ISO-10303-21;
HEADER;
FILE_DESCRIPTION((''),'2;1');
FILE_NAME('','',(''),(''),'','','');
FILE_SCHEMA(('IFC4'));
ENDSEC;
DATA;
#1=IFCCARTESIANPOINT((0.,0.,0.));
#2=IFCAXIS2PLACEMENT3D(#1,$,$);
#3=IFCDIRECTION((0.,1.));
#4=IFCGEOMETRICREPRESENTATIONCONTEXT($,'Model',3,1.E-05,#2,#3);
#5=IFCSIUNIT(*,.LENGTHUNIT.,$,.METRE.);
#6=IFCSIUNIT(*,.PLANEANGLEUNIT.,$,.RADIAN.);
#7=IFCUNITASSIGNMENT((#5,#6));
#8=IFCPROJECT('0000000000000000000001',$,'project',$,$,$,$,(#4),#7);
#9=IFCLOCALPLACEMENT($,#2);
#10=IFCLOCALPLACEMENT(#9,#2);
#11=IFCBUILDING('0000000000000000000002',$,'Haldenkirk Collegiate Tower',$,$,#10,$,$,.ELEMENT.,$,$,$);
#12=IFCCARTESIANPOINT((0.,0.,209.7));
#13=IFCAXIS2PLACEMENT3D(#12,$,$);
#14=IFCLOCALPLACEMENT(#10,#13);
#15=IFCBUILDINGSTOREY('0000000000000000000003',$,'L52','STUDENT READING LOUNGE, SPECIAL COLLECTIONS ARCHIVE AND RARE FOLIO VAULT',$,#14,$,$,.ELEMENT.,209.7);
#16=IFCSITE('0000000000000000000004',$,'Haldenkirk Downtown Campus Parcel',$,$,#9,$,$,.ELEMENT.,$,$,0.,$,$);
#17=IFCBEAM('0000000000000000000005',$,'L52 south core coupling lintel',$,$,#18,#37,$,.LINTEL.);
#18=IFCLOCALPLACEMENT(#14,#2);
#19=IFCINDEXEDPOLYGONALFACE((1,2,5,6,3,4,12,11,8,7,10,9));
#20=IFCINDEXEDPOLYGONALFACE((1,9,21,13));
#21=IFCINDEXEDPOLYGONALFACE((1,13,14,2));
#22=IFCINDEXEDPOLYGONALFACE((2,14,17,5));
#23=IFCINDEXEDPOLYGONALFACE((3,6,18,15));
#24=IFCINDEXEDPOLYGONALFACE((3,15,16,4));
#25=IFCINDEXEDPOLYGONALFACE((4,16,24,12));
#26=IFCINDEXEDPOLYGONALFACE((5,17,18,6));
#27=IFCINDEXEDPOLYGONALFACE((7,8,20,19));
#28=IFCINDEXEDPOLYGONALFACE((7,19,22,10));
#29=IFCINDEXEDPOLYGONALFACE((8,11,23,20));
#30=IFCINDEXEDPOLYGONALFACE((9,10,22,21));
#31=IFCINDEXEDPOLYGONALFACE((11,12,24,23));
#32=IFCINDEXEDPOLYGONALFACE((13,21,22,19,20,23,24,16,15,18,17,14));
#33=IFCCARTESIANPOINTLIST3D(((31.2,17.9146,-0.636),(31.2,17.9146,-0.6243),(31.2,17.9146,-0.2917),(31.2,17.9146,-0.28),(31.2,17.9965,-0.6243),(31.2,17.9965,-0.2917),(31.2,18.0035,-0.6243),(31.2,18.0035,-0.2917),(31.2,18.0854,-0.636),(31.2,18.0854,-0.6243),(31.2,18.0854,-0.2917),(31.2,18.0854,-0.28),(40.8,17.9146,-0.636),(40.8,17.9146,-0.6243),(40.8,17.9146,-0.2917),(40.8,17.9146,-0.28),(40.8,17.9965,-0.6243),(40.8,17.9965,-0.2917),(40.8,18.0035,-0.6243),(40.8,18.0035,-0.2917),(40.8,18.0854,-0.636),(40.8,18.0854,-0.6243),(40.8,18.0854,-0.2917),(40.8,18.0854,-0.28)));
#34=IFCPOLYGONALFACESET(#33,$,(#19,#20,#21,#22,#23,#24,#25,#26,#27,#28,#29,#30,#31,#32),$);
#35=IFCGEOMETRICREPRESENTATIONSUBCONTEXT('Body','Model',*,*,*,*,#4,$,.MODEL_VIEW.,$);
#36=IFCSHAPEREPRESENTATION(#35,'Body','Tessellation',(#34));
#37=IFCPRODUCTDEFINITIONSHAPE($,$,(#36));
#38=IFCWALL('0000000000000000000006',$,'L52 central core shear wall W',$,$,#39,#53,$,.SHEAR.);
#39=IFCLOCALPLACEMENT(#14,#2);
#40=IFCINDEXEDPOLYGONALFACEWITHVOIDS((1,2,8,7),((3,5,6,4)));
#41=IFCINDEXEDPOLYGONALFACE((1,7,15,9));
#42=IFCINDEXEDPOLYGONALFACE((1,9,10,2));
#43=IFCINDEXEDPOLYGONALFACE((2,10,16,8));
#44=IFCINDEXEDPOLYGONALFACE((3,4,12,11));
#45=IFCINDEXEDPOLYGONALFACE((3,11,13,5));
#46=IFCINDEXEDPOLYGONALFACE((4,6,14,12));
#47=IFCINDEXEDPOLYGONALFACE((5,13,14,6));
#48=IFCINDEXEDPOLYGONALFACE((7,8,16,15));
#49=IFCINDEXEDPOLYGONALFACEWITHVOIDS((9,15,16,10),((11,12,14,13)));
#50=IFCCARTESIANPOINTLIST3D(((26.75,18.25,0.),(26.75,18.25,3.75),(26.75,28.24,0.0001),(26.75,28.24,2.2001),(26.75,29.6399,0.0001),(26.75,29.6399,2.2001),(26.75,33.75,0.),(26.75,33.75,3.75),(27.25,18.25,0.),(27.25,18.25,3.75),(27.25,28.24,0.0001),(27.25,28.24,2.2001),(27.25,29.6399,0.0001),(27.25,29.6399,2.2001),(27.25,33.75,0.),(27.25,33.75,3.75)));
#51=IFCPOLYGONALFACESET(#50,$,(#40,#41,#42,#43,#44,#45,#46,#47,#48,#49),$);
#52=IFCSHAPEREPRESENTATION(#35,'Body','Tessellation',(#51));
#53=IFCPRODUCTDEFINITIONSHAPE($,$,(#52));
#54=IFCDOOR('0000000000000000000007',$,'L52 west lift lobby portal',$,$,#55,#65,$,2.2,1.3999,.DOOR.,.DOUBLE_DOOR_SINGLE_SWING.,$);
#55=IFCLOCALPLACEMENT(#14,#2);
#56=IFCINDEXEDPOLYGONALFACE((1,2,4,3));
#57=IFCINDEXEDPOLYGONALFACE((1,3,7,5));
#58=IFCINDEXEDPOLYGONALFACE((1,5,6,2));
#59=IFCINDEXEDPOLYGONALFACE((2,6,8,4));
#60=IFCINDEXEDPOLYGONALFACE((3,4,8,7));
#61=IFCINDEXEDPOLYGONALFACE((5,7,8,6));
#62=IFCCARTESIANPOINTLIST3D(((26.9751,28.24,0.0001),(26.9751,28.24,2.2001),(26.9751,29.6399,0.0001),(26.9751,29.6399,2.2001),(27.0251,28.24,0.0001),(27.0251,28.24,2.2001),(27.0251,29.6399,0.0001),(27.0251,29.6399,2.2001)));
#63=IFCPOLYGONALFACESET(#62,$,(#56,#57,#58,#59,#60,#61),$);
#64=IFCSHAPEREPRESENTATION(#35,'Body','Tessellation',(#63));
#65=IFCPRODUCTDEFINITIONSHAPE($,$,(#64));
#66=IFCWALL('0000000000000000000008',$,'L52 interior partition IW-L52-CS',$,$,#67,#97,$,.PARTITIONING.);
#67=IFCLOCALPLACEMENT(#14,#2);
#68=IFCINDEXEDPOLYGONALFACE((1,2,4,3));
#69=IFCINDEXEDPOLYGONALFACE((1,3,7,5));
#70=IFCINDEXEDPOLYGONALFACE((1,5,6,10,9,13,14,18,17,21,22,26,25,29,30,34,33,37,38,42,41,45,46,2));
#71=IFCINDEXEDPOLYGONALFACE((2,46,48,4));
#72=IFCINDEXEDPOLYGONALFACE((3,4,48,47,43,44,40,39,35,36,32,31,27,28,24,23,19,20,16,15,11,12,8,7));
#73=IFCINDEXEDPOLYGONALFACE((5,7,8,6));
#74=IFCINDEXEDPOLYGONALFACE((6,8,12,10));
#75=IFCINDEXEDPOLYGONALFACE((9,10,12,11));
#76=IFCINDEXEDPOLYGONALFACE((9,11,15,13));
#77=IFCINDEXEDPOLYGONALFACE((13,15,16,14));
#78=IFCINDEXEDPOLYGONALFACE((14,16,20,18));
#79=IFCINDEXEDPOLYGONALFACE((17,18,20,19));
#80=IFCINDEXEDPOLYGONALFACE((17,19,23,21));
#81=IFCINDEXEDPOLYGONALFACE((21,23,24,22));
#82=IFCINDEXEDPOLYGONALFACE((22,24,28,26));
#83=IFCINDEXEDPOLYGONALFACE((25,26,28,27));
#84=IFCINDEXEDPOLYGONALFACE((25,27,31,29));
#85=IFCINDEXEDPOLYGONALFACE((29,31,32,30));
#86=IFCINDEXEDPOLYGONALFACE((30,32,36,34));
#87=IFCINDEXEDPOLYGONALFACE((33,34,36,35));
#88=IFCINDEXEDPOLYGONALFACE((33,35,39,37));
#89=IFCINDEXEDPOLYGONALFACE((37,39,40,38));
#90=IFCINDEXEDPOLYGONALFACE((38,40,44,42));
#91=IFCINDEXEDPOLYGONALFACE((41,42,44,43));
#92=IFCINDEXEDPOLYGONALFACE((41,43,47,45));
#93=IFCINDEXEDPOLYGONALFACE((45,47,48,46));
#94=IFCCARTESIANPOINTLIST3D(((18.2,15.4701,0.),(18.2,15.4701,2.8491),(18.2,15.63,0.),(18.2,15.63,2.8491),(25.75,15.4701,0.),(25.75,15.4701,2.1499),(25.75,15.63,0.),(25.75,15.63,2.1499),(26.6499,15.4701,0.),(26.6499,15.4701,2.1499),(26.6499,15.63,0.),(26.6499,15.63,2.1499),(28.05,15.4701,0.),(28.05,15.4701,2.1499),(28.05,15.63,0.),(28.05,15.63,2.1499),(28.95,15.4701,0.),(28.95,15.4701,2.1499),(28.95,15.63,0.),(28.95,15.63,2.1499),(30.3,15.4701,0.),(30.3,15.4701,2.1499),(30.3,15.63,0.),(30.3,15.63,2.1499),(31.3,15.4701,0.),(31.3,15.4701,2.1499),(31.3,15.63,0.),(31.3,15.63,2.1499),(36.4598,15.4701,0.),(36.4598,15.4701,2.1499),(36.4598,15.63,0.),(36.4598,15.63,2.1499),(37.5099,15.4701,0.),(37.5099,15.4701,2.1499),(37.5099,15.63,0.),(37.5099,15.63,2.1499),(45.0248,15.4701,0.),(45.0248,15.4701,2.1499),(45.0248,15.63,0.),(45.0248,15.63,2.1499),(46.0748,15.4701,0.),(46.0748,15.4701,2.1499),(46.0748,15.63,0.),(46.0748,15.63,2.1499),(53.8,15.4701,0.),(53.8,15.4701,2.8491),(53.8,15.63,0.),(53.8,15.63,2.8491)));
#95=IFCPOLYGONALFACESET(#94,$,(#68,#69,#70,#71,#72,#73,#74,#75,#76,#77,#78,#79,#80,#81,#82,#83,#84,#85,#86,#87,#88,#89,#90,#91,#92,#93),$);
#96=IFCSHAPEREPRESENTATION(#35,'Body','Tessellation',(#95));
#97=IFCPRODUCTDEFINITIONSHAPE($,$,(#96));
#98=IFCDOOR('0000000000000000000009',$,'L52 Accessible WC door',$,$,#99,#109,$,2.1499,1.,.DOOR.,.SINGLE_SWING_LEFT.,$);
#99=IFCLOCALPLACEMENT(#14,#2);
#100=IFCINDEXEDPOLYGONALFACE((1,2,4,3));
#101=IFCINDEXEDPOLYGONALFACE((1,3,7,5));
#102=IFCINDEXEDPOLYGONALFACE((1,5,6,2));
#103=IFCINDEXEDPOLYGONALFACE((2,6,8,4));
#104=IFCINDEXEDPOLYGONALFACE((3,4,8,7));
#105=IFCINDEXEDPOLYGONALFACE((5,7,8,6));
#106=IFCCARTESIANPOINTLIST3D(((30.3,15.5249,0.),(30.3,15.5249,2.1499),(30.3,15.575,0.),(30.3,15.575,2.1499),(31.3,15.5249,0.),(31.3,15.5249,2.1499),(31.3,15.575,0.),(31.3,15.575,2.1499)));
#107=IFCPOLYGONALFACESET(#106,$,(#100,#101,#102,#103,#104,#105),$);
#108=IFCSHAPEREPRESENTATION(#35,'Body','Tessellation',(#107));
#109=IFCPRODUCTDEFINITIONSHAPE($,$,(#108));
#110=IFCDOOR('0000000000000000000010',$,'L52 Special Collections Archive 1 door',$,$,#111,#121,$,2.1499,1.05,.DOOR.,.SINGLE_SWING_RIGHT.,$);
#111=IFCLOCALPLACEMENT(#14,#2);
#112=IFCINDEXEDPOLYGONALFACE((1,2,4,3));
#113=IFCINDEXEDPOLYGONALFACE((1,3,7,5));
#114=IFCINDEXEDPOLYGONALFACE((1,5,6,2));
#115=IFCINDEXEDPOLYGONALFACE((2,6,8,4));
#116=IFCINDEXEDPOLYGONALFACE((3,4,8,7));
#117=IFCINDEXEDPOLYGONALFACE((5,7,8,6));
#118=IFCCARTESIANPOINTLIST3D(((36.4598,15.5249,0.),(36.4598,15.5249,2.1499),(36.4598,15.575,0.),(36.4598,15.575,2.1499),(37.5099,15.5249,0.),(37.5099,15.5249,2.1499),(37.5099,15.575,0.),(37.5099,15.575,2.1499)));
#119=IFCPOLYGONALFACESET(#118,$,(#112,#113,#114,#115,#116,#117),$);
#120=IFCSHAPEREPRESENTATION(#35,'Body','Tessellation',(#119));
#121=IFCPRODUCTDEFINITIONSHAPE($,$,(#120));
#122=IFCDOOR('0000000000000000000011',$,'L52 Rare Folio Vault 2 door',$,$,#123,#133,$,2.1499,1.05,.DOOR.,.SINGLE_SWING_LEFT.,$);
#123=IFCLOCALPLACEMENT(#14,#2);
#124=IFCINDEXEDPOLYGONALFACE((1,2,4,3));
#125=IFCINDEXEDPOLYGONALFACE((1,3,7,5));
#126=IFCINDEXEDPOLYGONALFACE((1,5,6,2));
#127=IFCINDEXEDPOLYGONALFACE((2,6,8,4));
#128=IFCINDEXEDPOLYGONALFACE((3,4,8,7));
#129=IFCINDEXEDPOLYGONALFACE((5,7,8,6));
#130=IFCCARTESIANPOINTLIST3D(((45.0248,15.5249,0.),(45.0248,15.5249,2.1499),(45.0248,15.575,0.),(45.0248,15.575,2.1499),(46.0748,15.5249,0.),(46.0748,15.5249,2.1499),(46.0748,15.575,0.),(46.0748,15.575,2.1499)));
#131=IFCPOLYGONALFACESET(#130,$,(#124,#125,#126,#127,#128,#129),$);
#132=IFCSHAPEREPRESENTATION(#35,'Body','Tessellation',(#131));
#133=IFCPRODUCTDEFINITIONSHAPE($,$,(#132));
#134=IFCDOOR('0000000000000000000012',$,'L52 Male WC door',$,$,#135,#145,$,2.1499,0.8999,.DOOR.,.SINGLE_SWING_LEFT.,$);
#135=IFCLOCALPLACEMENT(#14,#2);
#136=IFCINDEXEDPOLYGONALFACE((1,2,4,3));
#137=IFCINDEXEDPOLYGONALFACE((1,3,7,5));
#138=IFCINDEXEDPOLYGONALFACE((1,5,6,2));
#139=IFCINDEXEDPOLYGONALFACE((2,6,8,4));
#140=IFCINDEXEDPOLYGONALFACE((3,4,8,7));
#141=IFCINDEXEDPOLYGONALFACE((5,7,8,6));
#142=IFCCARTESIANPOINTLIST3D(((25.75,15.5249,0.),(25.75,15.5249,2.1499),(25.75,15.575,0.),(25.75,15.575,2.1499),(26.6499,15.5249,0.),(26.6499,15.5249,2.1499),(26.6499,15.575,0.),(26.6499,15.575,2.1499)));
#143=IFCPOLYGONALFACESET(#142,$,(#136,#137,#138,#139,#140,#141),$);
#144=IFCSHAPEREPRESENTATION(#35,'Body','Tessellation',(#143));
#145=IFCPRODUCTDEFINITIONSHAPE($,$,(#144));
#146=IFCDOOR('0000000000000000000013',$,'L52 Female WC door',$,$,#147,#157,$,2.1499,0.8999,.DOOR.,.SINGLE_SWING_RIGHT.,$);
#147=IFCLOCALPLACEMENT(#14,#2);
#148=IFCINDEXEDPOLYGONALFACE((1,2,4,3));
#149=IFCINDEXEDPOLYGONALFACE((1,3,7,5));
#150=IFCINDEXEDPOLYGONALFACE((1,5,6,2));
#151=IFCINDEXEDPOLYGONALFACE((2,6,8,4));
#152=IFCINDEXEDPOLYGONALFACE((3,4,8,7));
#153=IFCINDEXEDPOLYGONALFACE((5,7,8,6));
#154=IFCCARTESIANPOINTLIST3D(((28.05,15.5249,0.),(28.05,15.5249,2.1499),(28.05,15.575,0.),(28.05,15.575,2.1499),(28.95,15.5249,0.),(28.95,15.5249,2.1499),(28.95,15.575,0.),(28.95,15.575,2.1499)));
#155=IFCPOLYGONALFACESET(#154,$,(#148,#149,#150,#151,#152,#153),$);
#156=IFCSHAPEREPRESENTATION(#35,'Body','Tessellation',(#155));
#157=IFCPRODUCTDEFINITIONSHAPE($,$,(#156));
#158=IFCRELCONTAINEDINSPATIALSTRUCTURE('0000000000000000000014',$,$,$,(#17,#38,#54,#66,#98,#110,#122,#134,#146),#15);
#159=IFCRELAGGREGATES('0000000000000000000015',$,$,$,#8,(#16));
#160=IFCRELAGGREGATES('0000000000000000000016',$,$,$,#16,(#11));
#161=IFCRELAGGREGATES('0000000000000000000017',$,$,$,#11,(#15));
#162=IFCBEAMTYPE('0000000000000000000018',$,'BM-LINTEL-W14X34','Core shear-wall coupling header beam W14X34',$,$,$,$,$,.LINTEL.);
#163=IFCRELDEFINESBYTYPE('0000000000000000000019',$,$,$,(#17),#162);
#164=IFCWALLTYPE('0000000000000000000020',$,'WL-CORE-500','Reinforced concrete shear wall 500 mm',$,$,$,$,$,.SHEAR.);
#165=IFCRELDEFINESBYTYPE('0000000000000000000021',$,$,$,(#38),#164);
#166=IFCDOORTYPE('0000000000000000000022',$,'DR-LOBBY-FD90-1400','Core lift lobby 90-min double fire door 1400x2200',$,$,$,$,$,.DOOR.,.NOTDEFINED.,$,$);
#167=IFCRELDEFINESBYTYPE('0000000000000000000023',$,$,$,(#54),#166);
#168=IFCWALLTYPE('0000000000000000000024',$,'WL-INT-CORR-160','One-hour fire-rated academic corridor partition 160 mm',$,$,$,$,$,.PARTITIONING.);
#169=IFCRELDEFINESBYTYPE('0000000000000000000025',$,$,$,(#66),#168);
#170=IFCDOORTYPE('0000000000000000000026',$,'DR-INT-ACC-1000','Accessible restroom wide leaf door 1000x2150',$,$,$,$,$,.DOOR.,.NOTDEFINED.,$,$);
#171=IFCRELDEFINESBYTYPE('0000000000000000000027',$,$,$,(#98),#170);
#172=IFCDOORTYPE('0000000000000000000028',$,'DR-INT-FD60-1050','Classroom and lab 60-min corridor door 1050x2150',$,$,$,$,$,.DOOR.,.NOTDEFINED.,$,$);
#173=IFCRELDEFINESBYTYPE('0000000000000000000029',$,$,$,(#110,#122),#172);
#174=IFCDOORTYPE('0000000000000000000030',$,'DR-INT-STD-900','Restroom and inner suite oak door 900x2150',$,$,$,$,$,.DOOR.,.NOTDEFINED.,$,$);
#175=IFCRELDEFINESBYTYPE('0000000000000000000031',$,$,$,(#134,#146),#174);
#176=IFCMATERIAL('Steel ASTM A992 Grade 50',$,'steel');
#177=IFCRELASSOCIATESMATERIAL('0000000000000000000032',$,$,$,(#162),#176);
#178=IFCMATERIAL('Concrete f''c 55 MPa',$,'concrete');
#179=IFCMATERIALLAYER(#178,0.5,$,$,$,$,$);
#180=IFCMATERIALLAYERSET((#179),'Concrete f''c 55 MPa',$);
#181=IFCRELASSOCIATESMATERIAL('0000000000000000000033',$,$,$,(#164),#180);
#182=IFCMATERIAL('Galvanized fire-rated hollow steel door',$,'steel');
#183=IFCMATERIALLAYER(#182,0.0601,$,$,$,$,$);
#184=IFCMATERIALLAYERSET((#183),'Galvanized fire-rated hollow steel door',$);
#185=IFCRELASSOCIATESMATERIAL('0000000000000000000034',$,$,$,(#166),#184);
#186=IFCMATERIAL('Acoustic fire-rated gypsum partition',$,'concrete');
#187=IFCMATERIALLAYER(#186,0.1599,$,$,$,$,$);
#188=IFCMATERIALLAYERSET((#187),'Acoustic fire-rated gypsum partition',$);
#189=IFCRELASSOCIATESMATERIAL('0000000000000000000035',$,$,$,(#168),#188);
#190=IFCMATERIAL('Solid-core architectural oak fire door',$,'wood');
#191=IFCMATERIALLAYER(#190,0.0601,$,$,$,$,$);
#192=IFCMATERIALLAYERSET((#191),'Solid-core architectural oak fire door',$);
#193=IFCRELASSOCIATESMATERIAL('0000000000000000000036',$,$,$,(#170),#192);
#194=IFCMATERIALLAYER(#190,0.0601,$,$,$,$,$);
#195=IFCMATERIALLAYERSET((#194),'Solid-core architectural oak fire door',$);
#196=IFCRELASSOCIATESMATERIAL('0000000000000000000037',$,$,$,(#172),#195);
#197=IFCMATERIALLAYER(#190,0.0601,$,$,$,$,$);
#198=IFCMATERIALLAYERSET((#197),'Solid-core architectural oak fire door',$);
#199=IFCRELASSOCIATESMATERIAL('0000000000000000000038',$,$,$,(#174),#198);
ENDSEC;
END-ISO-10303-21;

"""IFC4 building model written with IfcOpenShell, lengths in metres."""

from ifc_helpers import new_model, si_unit, direction, frame, frame_2d, origin, origin_2d, place, context, subcontext, project, spatial, rectangle, i_section, extrude, material, layer, layer_set, material_profile, profile_set, type_object, element, fill, save


model = new_model("IFC4")

# Units and contexts
model_context = context("Model", 3, precision=1e-05, world=origin(), true_north=direction((0.0, 1.0)))
body_context = subcontext(model_context, "Body", "Model", "MODEL_VIEW")
ifc_project = project(units=[si_unit("LENGTHUNIT", "METRE"), si_unit("PLANEANGLEUNIT", "RADIAN")], contexts=[model_context])

# Site, building, storey
site_placement = place(None, origin())
site = spatial("IfcSite", under=ifc_project, at=site_placement, Name="Haldenkirk Downtown Campus Parcel", CompositionType="ELEMENT", RefElevation=0.0)
building_placement = place(site_placement, origin())
building = spatial("IfcBuilding", under=site, at=building_placement, Name="Haldenkirk Collegiate Tower", CompositionType="ELEMENT")
storey_placement = place(building_placement, frame((0.0, 0.0, 209.7)))
storey = spatial("IfcBuildingStorey", under=building, at=storey_placement, Name="L52", Description="STUDENT READING LOUNGE, SPECIAL COLLECTIONS ARCHIVE AND RARE FOLIO VAULT", CompositionType="ELEMENT", Elevation=209.7)

# Beam
ifc_material_1 = material(Name="Steel ASTM A992 Grade 50", Category="steel")
ifc_material_profile = material_profile(ifc_material_1, i_section(OverallWidth=0.1709, OverallDepth=0.356, WebThickness=0.0071, FlangeThickness=0.0117, at=origin_2d()), Name="W14X34")
ifc_profile_set = profile_set([ifc_material_profile], Name="Steel ASTM A992 Grade 50")
beam_type = type_object("IfcBeamType", Name="BM-LINTEL-W14X34", Description="Core shear-wall coupling header beam W14X34", PredefinedType="LINTEL", material=ifc_profile_set)
beam_placement = place(storey_placement, frame((31.2, 18.0, -0.458), z_axis=(1.0, 0.0, 0.0), x_axis=(0.0, 1.0, 0.0)))
element("IfcBeam", 1, at=beam_placement, inside=storey, type_object=beam_type, Name="L52 south core coupling lintel", PredefinedType="LINTEL", context=body_context, shape_type="SweptSolid", body=[
    extrude(i_section(OverallWidth=0.1709, OverallDepth=0.356, WebThickness=0.0071, FlangeThickness=0.0117, at=origin_2d()), origin(), (0.0, 0.0, 1.0), 9.6001),
])

# Shared definitions
ifc_material_2 = material(Name="Concrete f'c 55 MPa", Category="concrete")
ifc_layer_1 = layer(ifc_material_2, 0.5)
ifc_layer_set_1 = layer_set([ifc_layer_1], Name="Concrete f'c 55 MPa")
wall_type_1 = type_object("IfcWallType", Name="WL-CORE-500", Description="Reinforced concrete shear wall 500 mm", PredefinedType="SHEAR", material=ifc_layer_set_1)
ifc_material_3 = material(Name="Galvanized fire-rated hollow steel door", Category="steel")

# Wall, opening, door
wall_1_placement = place(storey_placement, frame((27.0, 18.25, 0.0), z_axis=(0.0, 0.0, 1.0), x_axis=(0.0, 1.0, 0.0)))
wall_1 = element("IfcWall", 2, at=wall_1_placement, inside=storey, type_object=wall_type_1, Name="L52 central core shear wall W", PredefinedType="SHEAR", context=body_context, shape_type="SweptSolid", body=[
    extrude(rectangle(XDim=15.5, YDim=0.5, at=frame_2d((7.75, 0.0))), origin(), (0.0, 0.0, 1.0), 3.75),
])
opening_1_placement = place(wall_1_placement, frame((9.99, 0.0, 0.0)))
opening_1 = element("IfcOpeningElement", 3, at=opening_1_placement, cuts=wall_1, PredefinedType="OPENING", context=body_context, shape_type="SweptSolid", body=[
    extrude(rectangle(XDim=1.3999, YDim=2.2, at=frame_2d((0.7, 1.1001))), frame((0.0, 0.26, 0.0), z_axis=(0.0, -1.0, 0.0), x_axis=(1.0, 0.0, 0.0)), (0.0, 0.0, 1.0), 0.52),
])
ifc_layer_2 = layer(ifc_material_3, 0.0601)
ifc_layer_set_2 = layer_set([ifc_layer_2], Name="Galvanized fire-rated hollow steel door")
door_type_1 = type_object("IfcDoorType", Name="DR-LOBBY-FD90-1400", Description="Core lift lobby 90-min double fire door 1400x2200", OperationType="NOTDEFINED", PredefinedType="DOOR", material=ifc_layer_set_2)
door_1_placement = place(opening_1_placement, origin())
door_1 = element("IfcDoor", 4, at=door_1_placement, inside=storey, type_object=door_type_1, Name="L52 west lift lobby portal", OperationType="DOUBLE_DOOR_SINGLE_SWING", OverallHeight=2.2, OverallWidth=1.3999, PredefinedType="DOOR", context=body_context, shape_type="SweptSolid", body=[
    extrude(rectangle(XDim=1.3999, YDim=2.2, at=frame_2d((0.7, 1.1001))), frame((0.0, 0.0249, 0.0), z_axis=(0.0, -1.0, 0.0), x_axis=(1.0, 0.0, 0.0)), (0.0, 0.0, 1.0), 0.05),
])
fill(opening_1, door_1)

# Wall, openings, doors
ifc_material_4 = material(Name="Acoustic fire-rated gypsum partition", Category="concrete")
ifc_layer_3 = layer(ifc_material_4, 0.1599)
ifc_layer_set_3 = layer_set([ifc_layer_3], Name="Acoustic fire-rated gypsum partition")
wall_type_2 = type_object("IfcWallType", Name="WL-INT-CORR-160", Description="One-hour fire-rated academic corridor partition 160 mm", PredefinedType="PARTITIONING", material=ifc_layer_set_3)
wall_2_placement = place(storey_placement, frame((18.2, 15.55, 0.0), z_axis=(0.0, 0.0, 1.0), x_axis=(1.0, 0.0, 0.0)))
wall_2 = element("IfcWall", 5, at=wall_2_placement, inside=storey, type_object=wall_type_2, Name="L52 interior partition IW-L52-CS", PredefinedType="PARTITIONING", context=body_context, shape_type="SweptSolid", body=[
    extrude(rectangle(XDim=35.6001, YDim=0.1599, at=frame_2d((17.8, 0.0))), origin(), (0.0, 0.0, 1.0), 2.8491),
])
opening_2_placement = place(wall_2_placement, frame((7.55, 0.0, 0.0)))
opening_2 = element("IfcOpeningElement", 6, at=opening_2_placement, cuts=wall_2, PredefinedType="OPENING", context=body_context, shape_type="SweptSolid", body=[
    extrude(rectangle(XDim=0.8999, YDim=2.1499, at=frame_2d((0.45, 1.075))), frame((0.0, 0.0898, 0.0), z_axis=(0.0, -1.0, 0.0), x_axis=(1.0, 0.0, 0.0)), (0.0, 0.0, 1.0), 0.1799),
])
opening_3_placement = place(wall_2_placement, frame((9.8501, 0.0, 0.0)))
opening_3 = element("IfcOpeningElement", 7, at=opening_3_placement, cuts=wall_2, PredefinedType="OPENING", context=body_context, shape_type="SweptSolid", body=[
    extrude(rectangle(XDim=0.8999, YDim=2.1499, at=frame_2d((0.45, 1.075))), frame((0.0, 0.0898, 0.0), z_axis=(0.0, -1.0, 0.0), x_axis=(1.0, 0.0, 0.0)), (0.0, 0.0, 1.0), 0.1799),
])
opening_4_placement = place(wall_2_placement, frame((12.1001, 0.0, 0.0)))
opening_4 = element("IfcOpeningElement", 8, at=opening_4_placement, cuts=wall_2, PredefinedType="OPENING", context=body_context, shape_type="SweptSolid", body=[
    extrude(rectangle(XDim=1.0, YDim=2.1499, at=frame_2d((0.5, 1.075))), frame((0.0, 0.0898, 0.0), z_axis=(0.0, -1.0, 0.0), x_axis=(1.0, 0.0, 0.0)), (0.0, 0.0, 1.0), 0.1799),
])
opening_5_placement = place(wall_2_placement, frame((18.26, 0.0, 0.0)))
opening_5 = element("IfcOpeningElement", 9, at=opening_5_placement, cuts=wall_2, PredefinedType="OPENING", context=body_context, shape_type="SweptSolid", body=[
    extrude(rectangle(XDim=1.05, YDim=2.1499, at=frame_2d((0.5249, 1.075))), frame((0.0, 0.0898, 0.0), z_axis=(0.0, -1.0, 0.0), x_axis=(1.0, 0.0, 0.0)), (0.0, 0.0, 1.0), 0.1799),
])
opening_6_placement = place(wall_2_placement, frame((26.825, 0.0, 0.0)))
opening_6 = element("IfcOpeningElement", 10, at=opening_6_placement, cuts=wall_2, PredefinedType="OPENING", context=body_context, shape_type="SweptSolid", body=[
    extrude(rectangle(XDim=1.05, YDim=2.1499, at=frame_2d((0.5249, 1.075))), frame((0.0, 0.0898, 0.0), z_axis=(0.0, -1.0, 0.0), x_axis=(1.0, 0.0, 0.0)), (0.0, 0.0, 1.0), 0.1799),
])
ifc_material_5 = material(Name="Solid-core architectural oak fire door", Category="wood")
ifc_layer_4 = layer(ifc_material_5, 0.0601)
ifc_layer_set_4 = layer_set([ifc_layer_4], Name="Solid-core architectural oak fire door")
door_type_2 = type_object("IfcDoorType", Name="DR-INT-ACC-1000", Description="Accessible restroom wide leaf door 1000x2150", OperationType="NOTDEFINED", PredefinedType="DOOR", material=ifc_layer_set_4)
door_2_placement = place(opening_4_placement, origin())
door_2 = element("IfcDoor", 11, at=door_2_placement, inside=storey, type_object=door_type_2, Name="L52 Accessible WC door", OperationType="SINGLE_SWING_LEFT", OverallHeight=2.1499, OverallWidth=1.0, PredefinedType="DOOR", context=body_context, shape_type="SweptSolid", body=[
    extrude(rectangle(XDim=1.0, YDim=2.1499, at=frame_2d((0.5, 1.075))), frame((0.0, 0.0249, 0.0), z_axis=(0.0, -1.0, 0.0), x_axis=(1.0, 0.0, 0.0)), (0.0, 0.0, 1.0), 0.05),
])
fill(opening_4, door_2)
ifc_layer_5 = layer(ifc_material_5, 0.0601)
ifc_layer_set_5 = layer_set([ifc_layer_5], Name="Solid-core architectural oak fire door")
door_type_3 = type_object("IfcDoorType", Name="DR-INT-FD60-1050", Description="Classroom and lab 60-min corridor door 1050x2150", OperationType="NOTDEFINED", PredefinedType="DOOR", material=ifc_layer_set_5)
door_3_placement = place(opening_5_placement, origin())
door_3 = element("IfcDoor", 12, at=door_3_placement, inside=storey, type_object=door_type_3, Name="L52 Special Collections Archive 1 door", OperationType="SINGLE_SWING_RIGHT", OverallHeight=2.1499, OverallWidth=1.05, PredefinedType="DOOR", context=body_context, shape_type="SweptSolid", body=[
    extrude(rectangle(XDim=1.05, YDim=2.1499, at=frame_2d((0.5249, 1.075))), frame((0.0, 0.0249, 0.0), z_axis=(0.0, -1.0, 0.0), x_axis=(1.0, 0.0, 0.0)), (0.0, 0.0, 1.0), 0.05),
])
fill(opening_5, door_3)
door_4_placement = place(opening_6_placement, origin())
door_4 = element("IfcDoor", 13, at=door_4_placement, inside=storey, type_object=door_type_3, Name="L52 Rare Folio Vault 2 door", OperationType="SINGLE_SWING_LEFT", OverallHeight=2.1499, OverallWidth=1.05, PredefinedType="DOOR", context=body_context, shape_type="SweptSolid", body=[
    extrude(rectangle(XDim=1.05, YDim=2.1499, at=frame_2d((0.5249, 1.075))), frame((0.0, 0.0249, 0.0), z_axis=(0.0, -1.0, 0.0), x_axis=(1.0, 0.0, 0.0)), (0.0, 0.0, 1.0), 0.05),
])
fill(opening_6, door_4)
ifc_layer_6 = layer(ifc_material_5, 0.0601)
ifc_layer_set_6 = layer_set([ifc_layer_6], Name="Solid-core architectural oak fire door")
door_type_4 = type_object("IfcDoorType", Name="DR-INT-STD-900", Description="Restroom and inner suite oak door 900x2150", OperationType="NOTDEFINED", PredefinedType="DOOR", material=ifc_layer_set_6)
door_5_placement = place(opening_2_placement, origin())
door_5 = element("IfcDoor", 14, at=door_5_placement, inside=storey, type_object=door_type_4, Name="L52 Male WC door", OperationType="SINGLE_SWING_LEFT", OverallHeight=2.1499, OverallWidth=0.8999, PredefinedType="DOOR", context=body_context, shape_type="SweptSolid", body=[
    extrude(rectangle(XDim=0.8999, YDim=2.1499, at=frame_2d((0.45, 1.075))), frame((0.0, 0.0249, 0.0), z_axis=(0.0, -1.0, 0.0), x_axis=(1.0, 0.0, 0.0)), (0.0, 0.0, 1.0), 0.05),
])
fill(opening_2, door_5)
door_6_placement = place(opening_3_placement, origin())
door_6 = element("IfcDoor", 15, at=door_6_placement, inside=storey, type_object=door_type_4, Name="L52 Female WC door", OperationType="SINGLE_SWING_RIGHT", OverallHeight=2.1499, OverallWidth=0.8999, PredefinedType="DOOR", context=body_context, shape_type="SweptSolid", body=[
    extrude(rectangle(XDim=0.8999, YDim=2.1499, at=frame_2d((0.45, 1.075))), frame((0.0, 0.0249, 0.0), z_axis=(0.0, -1.0, 0.0), x_axis=(1.0, 0.0, 0.0)), (0.0, 0.0, 1.0), 0.05),
])
fill(opening_3, door_6)

save(model, "model.ifc")
